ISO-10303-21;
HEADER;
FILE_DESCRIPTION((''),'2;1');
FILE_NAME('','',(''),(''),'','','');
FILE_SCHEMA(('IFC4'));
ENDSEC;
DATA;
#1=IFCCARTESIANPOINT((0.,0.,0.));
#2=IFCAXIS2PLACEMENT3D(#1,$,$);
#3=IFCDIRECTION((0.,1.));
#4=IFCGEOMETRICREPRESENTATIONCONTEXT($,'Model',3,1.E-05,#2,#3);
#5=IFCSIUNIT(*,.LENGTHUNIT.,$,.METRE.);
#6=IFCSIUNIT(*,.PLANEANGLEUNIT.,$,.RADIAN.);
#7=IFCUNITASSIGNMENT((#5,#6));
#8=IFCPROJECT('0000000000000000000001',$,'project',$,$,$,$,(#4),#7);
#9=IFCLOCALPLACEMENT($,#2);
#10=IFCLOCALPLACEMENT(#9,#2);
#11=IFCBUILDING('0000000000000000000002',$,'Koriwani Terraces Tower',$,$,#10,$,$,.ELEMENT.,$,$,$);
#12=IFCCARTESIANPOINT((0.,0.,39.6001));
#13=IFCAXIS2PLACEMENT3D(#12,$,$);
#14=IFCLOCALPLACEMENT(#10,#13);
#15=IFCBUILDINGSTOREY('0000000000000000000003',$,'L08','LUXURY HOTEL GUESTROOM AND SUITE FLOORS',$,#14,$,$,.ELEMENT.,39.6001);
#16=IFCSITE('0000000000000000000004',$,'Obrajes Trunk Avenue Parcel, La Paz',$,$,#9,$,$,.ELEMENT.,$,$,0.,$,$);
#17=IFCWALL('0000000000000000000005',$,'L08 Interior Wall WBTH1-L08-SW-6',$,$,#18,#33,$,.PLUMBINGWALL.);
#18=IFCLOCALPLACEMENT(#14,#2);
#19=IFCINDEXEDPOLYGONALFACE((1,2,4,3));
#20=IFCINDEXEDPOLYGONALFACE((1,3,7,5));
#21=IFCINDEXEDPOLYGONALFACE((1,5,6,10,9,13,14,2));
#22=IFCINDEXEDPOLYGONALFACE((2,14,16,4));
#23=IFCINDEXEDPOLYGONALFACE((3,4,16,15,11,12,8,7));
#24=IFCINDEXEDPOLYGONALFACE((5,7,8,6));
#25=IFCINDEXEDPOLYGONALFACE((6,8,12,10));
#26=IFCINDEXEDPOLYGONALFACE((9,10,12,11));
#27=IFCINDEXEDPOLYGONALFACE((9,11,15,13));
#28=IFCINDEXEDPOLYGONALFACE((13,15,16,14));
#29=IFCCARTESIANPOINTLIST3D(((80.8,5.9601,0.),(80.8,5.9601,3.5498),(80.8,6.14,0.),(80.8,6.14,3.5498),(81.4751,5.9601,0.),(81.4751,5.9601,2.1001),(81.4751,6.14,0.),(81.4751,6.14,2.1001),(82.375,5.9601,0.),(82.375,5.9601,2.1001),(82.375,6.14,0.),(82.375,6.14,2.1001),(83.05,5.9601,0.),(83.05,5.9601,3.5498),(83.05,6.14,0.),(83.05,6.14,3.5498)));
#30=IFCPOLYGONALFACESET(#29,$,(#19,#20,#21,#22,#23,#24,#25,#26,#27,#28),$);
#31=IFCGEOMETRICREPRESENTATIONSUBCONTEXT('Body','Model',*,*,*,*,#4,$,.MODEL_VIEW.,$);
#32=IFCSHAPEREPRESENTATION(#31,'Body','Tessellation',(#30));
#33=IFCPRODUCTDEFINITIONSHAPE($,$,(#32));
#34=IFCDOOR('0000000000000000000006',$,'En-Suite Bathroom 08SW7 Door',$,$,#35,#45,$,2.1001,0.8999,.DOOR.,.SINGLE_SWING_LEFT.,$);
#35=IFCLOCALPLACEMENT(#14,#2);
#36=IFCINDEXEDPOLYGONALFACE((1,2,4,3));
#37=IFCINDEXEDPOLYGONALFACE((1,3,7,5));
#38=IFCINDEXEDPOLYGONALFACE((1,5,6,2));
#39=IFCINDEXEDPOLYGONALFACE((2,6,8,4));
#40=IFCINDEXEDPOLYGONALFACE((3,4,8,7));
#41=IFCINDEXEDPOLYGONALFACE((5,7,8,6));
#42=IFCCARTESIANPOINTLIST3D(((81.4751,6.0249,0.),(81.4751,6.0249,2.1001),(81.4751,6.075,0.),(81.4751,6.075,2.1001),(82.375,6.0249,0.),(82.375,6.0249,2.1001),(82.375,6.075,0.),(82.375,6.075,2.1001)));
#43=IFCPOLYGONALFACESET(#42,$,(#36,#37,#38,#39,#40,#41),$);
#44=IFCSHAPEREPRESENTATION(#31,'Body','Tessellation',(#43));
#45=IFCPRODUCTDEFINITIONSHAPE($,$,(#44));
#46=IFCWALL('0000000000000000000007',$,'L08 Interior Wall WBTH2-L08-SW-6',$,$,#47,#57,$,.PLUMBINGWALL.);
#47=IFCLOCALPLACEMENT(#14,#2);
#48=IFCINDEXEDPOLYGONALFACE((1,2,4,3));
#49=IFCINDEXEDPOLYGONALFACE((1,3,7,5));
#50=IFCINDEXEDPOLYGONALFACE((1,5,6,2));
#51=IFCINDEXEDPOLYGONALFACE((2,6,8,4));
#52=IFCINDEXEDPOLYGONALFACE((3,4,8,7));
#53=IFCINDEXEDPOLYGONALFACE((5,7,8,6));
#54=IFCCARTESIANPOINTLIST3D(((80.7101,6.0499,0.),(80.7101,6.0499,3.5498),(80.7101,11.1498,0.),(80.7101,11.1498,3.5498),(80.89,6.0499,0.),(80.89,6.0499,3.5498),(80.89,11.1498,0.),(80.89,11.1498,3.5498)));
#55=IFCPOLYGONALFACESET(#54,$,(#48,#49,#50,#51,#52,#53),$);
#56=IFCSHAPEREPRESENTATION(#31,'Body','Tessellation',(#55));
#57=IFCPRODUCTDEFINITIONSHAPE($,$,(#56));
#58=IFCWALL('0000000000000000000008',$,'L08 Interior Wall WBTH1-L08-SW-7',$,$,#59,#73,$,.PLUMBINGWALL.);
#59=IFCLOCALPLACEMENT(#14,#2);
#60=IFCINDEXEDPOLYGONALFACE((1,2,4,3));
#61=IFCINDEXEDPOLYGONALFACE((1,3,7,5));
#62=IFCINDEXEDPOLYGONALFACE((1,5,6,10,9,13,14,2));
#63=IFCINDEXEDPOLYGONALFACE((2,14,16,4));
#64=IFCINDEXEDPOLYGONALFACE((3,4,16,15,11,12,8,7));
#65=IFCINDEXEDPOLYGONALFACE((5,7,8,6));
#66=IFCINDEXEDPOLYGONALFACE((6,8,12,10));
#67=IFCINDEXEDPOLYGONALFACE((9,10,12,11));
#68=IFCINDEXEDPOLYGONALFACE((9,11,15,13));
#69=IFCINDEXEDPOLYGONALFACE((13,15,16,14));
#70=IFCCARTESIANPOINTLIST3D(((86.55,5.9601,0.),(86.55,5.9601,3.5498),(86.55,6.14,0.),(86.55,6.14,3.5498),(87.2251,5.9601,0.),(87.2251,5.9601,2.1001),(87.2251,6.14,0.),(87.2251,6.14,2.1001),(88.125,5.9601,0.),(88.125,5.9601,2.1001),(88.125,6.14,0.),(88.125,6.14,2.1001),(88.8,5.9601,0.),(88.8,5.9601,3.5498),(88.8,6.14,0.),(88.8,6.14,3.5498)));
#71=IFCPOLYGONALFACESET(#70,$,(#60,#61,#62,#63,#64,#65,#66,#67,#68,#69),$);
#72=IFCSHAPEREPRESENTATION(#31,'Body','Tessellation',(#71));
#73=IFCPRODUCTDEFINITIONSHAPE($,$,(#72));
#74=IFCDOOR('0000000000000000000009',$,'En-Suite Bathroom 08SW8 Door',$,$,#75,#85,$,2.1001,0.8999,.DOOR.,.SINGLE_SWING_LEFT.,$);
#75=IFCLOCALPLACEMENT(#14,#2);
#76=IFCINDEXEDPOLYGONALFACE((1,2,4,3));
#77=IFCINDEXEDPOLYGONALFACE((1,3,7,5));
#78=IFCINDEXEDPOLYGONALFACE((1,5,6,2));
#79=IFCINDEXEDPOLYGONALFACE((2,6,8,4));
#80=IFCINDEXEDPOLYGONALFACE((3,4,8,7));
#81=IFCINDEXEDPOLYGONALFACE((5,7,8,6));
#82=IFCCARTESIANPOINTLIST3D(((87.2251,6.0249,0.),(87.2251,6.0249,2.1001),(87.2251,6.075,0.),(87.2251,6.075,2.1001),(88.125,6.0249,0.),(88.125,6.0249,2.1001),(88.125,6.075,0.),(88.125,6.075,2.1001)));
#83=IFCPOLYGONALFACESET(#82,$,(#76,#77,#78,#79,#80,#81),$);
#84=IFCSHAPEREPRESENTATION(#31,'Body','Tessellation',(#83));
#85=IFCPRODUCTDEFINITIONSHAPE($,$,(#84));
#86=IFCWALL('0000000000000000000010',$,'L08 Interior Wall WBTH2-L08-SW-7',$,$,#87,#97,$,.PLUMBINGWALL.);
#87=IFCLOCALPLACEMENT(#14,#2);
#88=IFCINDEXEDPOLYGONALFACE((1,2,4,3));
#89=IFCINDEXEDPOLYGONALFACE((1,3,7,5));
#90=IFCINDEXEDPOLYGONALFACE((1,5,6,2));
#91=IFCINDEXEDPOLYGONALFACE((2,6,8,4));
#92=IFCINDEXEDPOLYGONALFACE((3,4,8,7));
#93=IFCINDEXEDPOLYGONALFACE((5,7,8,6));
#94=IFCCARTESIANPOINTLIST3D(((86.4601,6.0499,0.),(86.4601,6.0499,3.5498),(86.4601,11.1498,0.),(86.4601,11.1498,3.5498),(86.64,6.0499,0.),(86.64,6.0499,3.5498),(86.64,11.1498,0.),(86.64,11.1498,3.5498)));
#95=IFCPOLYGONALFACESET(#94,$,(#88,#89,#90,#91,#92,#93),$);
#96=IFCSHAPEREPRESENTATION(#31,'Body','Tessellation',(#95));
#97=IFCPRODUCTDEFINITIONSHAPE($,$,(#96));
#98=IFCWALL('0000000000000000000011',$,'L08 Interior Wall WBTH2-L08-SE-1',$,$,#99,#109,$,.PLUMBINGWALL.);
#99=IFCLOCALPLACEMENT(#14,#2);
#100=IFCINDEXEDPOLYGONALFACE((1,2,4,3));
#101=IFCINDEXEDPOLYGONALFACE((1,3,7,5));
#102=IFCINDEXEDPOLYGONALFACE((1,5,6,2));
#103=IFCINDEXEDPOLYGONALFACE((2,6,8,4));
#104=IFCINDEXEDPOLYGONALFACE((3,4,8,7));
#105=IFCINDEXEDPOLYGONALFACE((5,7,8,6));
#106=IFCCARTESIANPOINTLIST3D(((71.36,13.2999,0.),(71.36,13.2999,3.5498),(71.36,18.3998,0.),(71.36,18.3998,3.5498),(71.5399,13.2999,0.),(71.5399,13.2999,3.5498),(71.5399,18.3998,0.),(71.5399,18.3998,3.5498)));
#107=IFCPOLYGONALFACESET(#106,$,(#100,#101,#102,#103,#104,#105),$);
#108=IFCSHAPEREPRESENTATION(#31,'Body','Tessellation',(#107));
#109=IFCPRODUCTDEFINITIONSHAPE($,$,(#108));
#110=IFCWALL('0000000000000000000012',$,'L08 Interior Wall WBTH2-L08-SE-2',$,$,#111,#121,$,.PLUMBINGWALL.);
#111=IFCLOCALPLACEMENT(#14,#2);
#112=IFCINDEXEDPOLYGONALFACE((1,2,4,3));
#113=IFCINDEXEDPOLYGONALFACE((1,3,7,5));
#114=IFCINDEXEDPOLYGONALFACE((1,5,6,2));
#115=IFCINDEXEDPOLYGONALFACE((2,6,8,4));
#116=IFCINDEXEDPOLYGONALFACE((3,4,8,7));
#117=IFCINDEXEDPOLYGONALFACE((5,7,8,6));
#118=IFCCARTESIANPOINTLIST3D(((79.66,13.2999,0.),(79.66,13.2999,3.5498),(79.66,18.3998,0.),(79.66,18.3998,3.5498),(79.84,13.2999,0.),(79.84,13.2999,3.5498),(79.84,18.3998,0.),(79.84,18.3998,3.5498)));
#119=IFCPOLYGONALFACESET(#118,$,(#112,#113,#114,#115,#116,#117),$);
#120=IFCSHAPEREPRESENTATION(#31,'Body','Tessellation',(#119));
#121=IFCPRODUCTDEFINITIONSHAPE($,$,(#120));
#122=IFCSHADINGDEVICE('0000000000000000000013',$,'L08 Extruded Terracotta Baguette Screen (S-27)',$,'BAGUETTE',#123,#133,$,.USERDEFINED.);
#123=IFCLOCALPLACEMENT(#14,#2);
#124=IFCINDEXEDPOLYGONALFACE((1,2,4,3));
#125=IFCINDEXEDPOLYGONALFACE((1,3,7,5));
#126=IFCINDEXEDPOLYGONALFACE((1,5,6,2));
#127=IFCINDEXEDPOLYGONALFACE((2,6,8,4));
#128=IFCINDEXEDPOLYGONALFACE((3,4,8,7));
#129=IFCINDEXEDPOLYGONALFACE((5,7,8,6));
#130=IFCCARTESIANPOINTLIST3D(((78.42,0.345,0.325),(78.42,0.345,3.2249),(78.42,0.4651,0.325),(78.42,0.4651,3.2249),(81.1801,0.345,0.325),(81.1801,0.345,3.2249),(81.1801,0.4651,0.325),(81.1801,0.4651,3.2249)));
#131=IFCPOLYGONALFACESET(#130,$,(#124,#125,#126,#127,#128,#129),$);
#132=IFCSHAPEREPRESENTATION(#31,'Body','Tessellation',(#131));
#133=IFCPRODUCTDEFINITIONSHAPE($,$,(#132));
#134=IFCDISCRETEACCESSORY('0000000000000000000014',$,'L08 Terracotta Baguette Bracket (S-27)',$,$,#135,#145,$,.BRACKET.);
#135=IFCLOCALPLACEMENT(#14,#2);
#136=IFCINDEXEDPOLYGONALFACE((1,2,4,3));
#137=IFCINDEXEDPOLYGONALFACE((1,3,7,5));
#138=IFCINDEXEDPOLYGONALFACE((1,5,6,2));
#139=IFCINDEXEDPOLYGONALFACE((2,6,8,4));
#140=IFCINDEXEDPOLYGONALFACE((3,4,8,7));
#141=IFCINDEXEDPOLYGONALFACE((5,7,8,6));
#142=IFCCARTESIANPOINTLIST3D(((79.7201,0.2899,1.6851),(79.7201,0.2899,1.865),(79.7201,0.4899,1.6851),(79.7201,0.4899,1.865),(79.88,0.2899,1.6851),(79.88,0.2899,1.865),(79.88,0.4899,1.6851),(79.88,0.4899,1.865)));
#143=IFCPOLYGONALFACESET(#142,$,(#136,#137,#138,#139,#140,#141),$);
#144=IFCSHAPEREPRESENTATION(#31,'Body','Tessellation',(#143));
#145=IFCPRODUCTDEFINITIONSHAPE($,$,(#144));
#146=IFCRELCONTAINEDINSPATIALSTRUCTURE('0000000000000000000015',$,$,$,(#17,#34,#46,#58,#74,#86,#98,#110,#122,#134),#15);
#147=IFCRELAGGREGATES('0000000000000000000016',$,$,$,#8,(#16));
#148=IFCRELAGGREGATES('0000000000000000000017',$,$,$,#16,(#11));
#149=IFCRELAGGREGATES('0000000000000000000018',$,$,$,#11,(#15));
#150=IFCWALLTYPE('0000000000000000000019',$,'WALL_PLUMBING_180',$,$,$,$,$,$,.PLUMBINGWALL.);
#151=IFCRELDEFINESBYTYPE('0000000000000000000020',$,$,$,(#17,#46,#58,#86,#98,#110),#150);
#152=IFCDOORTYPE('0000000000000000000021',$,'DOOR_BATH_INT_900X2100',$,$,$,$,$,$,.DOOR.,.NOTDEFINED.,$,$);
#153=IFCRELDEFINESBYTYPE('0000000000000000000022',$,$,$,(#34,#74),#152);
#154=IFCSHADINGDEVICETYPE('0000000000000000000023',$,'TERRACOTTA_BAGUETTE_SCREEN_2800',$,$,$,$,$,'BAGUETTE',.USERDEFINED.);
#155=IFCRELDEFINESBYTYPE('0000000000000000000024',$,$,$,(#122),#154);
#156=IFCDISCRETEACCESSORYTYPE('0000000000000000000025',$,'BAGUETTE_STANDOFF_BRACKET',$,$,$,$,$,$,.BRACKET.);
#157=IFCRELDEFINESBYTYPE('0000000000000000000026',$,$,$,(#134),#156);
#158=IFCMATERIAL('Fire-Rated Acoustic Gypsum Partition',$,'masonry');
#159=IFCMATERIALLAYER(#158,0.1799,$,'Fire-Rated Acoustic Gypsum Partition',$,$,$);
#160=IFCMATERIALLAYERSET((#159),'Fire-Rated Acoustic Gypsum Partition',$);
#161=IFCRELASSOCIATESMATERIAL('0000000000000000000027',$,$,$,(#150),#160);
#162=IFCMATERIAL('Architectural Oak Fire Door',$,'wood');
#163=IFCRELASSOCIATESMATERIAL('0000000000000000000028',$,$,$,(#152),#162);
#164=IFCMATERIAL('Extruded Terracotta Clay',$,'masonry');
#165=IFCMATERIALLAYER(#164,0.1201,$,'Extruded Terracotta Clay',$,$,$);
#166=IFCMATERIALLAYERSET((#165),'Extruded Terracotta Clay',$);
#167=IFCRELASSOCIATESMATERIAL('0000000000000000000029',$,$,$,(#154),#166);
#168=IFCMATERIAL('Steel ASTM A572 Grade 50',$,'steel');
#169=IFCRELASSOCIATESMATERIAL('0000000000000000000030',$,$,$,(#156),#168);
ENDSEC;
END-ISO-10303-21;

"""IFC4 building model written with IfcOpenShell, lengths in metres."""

from ifc_helpers import new_model, si_unit, direction, frame, frame_2d, origin, origin_2d, place, context, subcontext, project, spatial, rectangle, extrude, material, layer, layer_set, type_object, element, fill, save


model = new_model("IFC4")

# Units and contexts
model_context = context("Model", 3, precision=1e-05, world=origin(), true_north=direction((0.0, 1.0)))
body_context = subcontext(model_context, "Body", "Model", "MODEL_VIEW")
ifc_project = project(units=[si_unit("LENGTHUNIT", "METRE"), si_unit("PLANEANGLEUNIT", "RADIAN")], contexts=[model_context])

# Site, building, storey
site_placement = place(None, origin())
site = spatial("IfcSite", under=ifc_project, at=site_placement, Name="Obrajes Trunk Avenue Parcel, La Paz", CompositionType="ELEMENT", RefElevation=0.0)
building_placement = place(site_placement, origin())
building = spatial("IfcBuilding", under=site, at=building_placement, Name="Koriwani Terraces Tower", CompositionType="ELEMENT")
storey_placement = place(building_placement, frame((0.0, 0.0, 39.6001)))
storey = spatial("IfcBuildingStorey", under=building, at=storey_placement, Name="L08", Description="LUXURY HOTEL GUESTROOM AND SUITE FLOORS", CompositionType="ELEMENT", Elevation=39.6001)

# Shared definitions
ifc_material_1 = material(Name="Steel ASTM A572 Grade 50", Category="steel")

# Shared definitions
ifc_material_2 = material(Name="Fire-Rated Acoustic Gypsum Partition", Category="masonry")
ifc_layer_1 = layer(ifc_material_2, 0.1799, Name="Fire-Rated Acoustic Gypsum Partition")
ifc_layer_set_1 = layer_set([ifc_layer_1], Name="Fire-Rated Acoustic Gypsum Partition")
wall_type_1 = type_object("IfcWallType", Name="WALL_PLUMBING_180", PredefinedType="PLUMBINGWALL", material=ifc_layer_set_1)
ifc_material_3 = material(Name="Architectural Oak Fire Door", Category="wood")
door_type = type_object("IfcDoorType", Name="DOOR_BATH_INT_900X2100", OperationType="NOTDEFINED", PredefinedType="DOOR", material=ifc_material_3)

# Wall, opening, door
wall_1_placement = place(storey_placement, frame((80.8, 6.05, 0.0), z_axis=(0.0, 0.0, 1.0), x_axis=(1.0, 0.0, 0.0)))
wall_1 = element("IfcWall", 1, at=wall_1_placement, inside=storey, type_object=wall_type_1, Name="L08 Interior Wall WBTH1-L08-SW-6", PredefinedType="PLUMBINGWALL", context=body_context, shape_type="SweptSolid", body=[
    extrude(rectangle(XDim=2.25, YDim=0.1799, at=frame_2d((1.125, 0.0))), origin(), (0.0, 0.0, 1.0), 3.5498),
])
opening_1_placement = place(wall_1_placement, frame((0.675, 0.0, 0.0)))
opening_1 = element("IfcOpeningElement", 2, at=opening_1_placement, cuts=wall_1, PredefinedType="OPENING", context=body_context, shape_type="SweptSolid", body=[
    extrude(rectangle(XDim=0.8999, YDim=2.1001, at=frame_2d((0.45, 1.05))), frame((0.0, 0.1001, 0.0), z_axis=(0.0, -1.0, 0.0), x_axis=(1.0, 0.0, 0.0)), (0.0, 0.0, 1.0), 0.2),
])
door_1_placement = place(opening_1_placement, origin())
door_1 = element("IfcDoor", 3, at=door_1_placement, inside=storey, type_object=door_type, Name="En-Suite Bathroom 08SW7 Door", OperationType="SINGLE_SWING_LEFT", OverallHeight=2.1001, OverallWidth=0.8999, PredefinedType="DOOR", context=body_context, shape_type="SweptSolid", body=[
    extrude(rectangle(XDim=0.8999, YDim=2.1001, at=frame_2d((0.45, 1.05))), frame((0.0, 0.0249, 0.0), z_axis=(0.0, -1.0, 0.0), x_axis=(1.0, 0.0, 0.0)), (0.0, 0.0, 1.0), 0.05),
])
fill(opening_1, door_1)

# Wall
wall_2_placement = place(storey_placement, frame((80.8, 6.05, 0.0), z_axis=(0.0, 0.0, 1.0), x_axis=(0.0, 1.0, 0.0)))
element("IfcWall", 4, at=wall_2_placement, inside=storey, type_object=wall_type_1, Name="L08 Interior Wall WBTH2-L08-SW-6", PredefinedType="PLUMBINGWALL", context=body_context, shape_type="SweptSolid", body=[
    extrude(rectangle(XDim=5.0999, YDim=0.1799, at=frame_2d((2.5498, 0.0))), origin(), (0.0, 0.0, 1.0), 3.5498),
])

# Wall, opening, door
wall_3_placement = place(storey_placement, frame((86.55, 6.05, 0.0), z_axis=(0.0, 0.0, 1.0), x_axis=(1.0, 0.0, 0.0)))
wall_3 = element("IfcWall", 5, at=wall_3_placement, inside=storey, type_object=wall_type_1, Name="L08 Interior Wall WBTH1-L08-SW-7", PredefinedType="PLUMBINGWALL", context=body_context, shape_type="SweptSolid", body=[
    extrude(rectangle(XDim=2.25, YDim=0.1799, at=frame_2d((1.125, 0.0))), origin(), (0.0, 0.0, 1.0), 3.5498),
])
opening_2_placement = place(wall_3_placement, frame((0.675, 0.0, 0.0)))
opening_2 = element("IfcOpeningElement", 6, at=opening_2_placement, cuts=wall_3, PredefinedType="OPENING", context=body_context, shape_type="SweptSolid", body=[
    extrude(rectangle(XDim=0.8999, YDim=2.1001, at=frame_2d((0.45, 1.05))), frame((0.0, 0.1001, 0.0), z_axis=(0.0, -1.0, 0.0), x_axis=(1.0, 0.0, 0.0)), (0.0, 0.0, 1.0), 0.2),
])
door_2_placement = place(opening_2_placement, origin())
door_2 = element("IfcDoor", 7, at=door_2_placement, inside=storey, type_object=door_type, Name="En-Suite Bathroom 08SW8 Door", OperationType="SINGLE_SWING_LEFT", OverallHeight=2.1001, OverallWidth=0.8999, PredefinedType="DOOR", context=body_context, shape_type="SweptSolid", body=[
    extrude(rectangle(XDim=0.8999, YDim=2.1001, at=frame_2d((0.45, 1.05))), frame((0.0, 0.0249, 0.0), z_axis=(0.0, -1.0, 0.0), x_axis=(1.0, 0.0, 0.0)), (0.0, 0.0, 1.0), 0.05),
])
fill(opening_2, door_2)

# Walls
for number, where, z_axis, x_axis, name in (
    (8, (86.55, 6.05, 0.0), (0.0, 0.0, 1.0), (0.0, 1.0, 0.0), "L08 Interior Wall WBTH2-L08-SW-7"),
    (9, (71.45, 13.3, 0.0), (0.0, 0.0, 1.0), (0.0, 1.0, 0.0), "L08 Interior Wall WBTH2-L08-SE-1"),
    (10, (79.75, 13.3, 0.0), (0.0, 0.0, 1.0), (0.0, 1.0, 0.0), "L08 Interior Wall WBTH2-L08-SE-2"),
):
    element("IfcWall", number, at=place(storey_placement, frame(where, z_axis=z_axis, x_axis=x_axis)), inside=storey, type_object=wall_type_1, Name=name, PredefinedType="PLUMBINGWALL", context=body_context, shape_type="SweptSolid", body=[
        extrude(rectangle(XDim=5.0999, YDim=0.1799, at=frame_2d((2.5498, 0.0))), origin(), (0.0, 0.0, 1.0), 3.5498),
    ])

# Shading device
ifc_material_4 = material(Name="Extruded Terracotta Clay", Category="masonry")
ifc_layer_2 = layer(ifc_material_4, 0.1201, Name="Extruded Terracotta Clay")
ifc_layer_set_2 = layer_set([ifc_layer_2], Name="Extruded Terracotta Clay")
shading_device_type = type_object("IfcShadingDeviceType", Name="TERRACOTTA_BAGUETTE_SCREEN_2800", ElementType="BAGUETTE", PredefinedType="USERDEFINED", material=ifc_layer_set_2)
shading_device_placement = place(storey_placement, frame((79.8, 0.405, 0.325), z_axis=(0.0, 0.0, 1.0), x_axis=(-1.0, 0.0, 0.0)))
element("IfcShadingDevice", 11, at=shading_device_placement, inside=storey, type_object=shading_device_type, Name="L08 Extruded Terracotta Baguette Screen (S-27)", ObjectType="BAGUETTE", PredefinedType="USERDEFINED", context=body_context, shape_type="SweptSolid", body=[
    extrude(rectangle(XDim=2.76, YDim=0.1201, at=origin_2d()), origin(), (0.0, 0.0, 1.0), 2.8999),
])

# Discrete accessory
discrete_accessory_type = type_object("IfcDiscreteAccessoryType", Name="BAGUETTE_STANDOFF_BRACKET", PredefinedType="BRACKET", material=ifc_material_1)
discrete_accessory_placement = place(storey_placement, frame((79.8, 0.3899, 1.6851), z_axis=(0.0, 0.0, 1.0), x_axis=(-1.0, 0.0, 0.0)))
element("IfcDiscreteAccessory", 12, at=discrete_accessory_placement, inside=storey, type_object=discrete_accessory_type, Name="L08 Terracotta Baguette Bracket (S-27)", PredefinedType="BRACKET", context=body_context, shape_type="SweptSolid", body=[
    extrude(rectangle(XDim=0.1599, YDim=0.2, at=origin_2d()), origin(), (0.0, 0.0, 1.0), 0.1799),
])

save(model, "model.ifc")
